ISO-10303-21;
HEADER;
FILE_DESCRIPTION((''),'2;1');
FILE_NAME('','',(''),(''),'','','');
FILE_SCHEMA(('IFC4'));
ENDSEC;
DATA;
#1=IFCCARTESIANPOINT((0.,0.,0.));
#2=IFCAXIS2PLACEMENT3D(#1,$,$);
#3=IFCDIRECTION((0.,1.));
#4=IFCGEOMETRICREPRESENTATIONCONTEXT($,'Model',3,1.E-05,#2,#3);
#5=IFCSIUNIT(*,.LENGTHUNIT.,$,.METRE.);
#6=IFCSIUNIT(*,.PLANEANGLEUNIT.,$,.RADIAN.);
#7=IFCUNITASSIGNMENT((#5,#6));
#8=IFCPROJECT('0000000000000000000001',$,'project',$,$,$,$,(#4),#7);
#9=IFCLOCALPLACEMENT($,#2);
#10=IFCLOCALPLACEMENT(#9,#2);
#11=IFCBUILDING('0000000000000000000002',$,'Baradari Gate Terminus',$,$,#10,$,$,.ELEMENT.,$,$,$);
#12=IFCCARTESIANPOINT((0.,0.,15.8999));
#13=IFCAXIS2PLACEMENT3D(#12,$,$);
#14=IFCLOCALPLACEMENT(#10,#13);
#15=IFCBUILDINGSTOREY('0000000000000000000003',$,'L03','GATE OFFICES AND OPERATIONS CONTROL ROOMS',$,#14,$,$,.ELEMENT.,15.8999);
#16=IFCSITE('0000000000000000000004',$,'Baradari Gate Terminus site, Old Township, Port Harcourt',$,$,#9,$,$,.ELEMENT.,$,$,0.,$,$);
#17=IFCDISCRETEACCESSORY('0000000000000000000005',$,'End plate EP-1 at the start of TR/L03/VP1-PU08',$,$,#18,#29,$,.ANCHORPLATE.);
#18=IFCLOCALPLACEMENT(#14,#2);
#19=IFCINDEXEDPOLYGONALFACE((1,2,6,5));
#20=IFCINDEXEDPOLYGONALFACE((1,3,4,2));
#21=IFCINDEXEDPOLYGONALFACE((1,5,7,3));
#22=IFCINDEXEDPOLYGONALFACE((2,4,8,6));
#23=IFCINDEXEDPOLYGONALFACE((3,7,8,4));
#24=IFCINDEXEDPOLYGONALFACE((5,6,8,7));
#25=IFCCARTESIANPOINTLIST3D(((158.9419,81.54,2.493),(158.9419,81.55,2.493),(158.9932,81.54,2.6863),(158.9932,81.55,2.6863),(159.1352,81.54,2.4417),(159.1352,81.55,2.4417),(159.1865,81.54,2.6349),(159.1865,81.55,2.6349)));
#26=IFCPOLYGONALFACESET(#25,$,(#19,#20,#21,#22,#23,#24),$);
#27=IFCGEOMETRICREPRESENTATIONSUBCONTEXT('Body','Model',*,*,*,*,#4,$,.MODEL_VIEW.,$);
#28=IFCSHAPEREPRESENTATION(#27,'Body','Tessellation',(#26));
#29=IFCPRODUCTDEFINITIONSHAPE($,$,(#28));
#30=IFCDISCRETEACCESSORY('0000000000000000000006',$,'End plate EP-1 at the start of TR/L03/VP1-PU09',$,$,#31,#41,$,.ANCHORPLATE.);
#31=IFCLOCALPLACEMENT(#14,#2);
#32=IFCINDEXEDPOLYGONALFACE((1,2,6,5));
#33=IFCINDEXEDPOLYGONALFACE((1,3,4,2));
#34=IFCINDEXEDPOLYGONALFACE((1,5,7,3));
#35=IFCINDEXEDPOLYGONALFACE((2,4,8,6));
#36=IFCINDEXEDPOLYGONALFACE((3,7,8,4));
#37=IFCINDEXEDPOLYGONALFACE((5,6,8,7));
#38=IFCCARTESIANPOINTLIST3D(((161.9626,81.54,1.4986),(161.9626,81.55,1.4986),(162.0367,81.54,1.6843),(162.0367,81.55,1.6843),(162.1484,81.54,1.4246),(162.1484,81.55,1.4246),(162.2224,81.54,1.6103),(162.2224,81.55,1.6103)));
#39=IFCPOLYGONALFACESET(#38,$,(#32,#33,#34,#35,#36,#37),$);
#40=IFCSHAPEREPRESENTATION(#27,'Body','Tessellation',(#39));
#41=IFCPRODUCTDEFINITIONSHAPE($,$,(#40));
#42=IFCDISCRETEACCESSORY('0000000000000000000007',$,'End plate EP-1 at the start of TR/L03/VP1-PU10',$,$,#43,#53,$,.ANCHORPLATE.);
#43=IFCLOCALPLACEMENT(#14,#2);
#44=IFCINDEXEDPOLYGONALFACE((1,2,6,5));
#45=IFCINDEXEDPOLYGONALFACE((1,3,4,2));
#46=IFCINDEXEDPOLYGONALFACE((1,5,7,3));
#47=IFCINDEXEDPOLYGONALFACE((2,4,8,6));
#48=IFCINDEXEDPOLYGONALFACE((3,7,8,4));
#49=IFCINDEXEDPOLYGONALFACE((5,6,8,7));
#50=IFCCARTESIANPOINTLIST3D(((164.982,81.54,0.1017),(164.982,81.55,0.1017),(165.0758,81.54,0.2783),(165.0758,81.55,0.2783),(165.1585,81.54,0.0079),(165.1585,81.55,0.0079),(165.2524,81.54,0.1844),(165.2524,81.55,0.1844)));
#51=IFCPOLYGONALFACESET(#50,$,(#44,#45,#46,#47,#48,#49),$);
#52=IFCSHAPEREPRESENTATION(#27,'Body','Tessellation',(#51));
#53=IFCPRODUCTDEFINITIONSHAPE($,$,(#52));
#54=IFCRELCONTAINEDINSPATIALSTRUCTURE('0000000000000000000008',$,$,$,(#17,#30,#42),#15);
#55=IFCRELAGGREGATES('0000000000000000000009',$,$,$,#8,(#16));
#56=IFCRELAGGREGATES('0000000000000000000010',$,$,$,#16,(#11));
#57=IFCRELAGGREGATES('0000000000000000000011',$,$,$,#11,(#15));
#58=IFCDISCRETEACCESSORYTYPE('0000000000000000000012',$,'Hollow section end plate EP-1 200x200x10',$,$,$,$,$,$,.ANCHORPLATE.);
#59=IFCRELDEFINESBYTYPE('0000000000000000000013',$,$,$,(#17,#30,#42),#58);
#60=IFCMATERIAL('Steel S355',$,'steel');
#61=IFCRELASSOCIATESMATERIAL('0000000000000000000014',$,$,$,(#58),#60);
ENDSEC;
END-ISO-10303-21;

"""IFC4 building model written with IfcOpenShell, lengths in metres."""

from ifc_helpers import new_model, si_unit, direction, frame, origin, origin_2d, place, context, subcontext, project, spatial, rectangle, extrude, material, type_object, element, save


model = new_model("IFC4")

# Units and contexts
model_context = context("Model", 3, precision=1e-05, world=origin(), true_north=direction((0.0, 1.0)))
body_context = subcontext(model_context, "Body", "Model", "MODEL_VIEW")
ifc_project = project(units=[si_unit("LENGTHUNIT", "METRE"), si_unit("PLANEANGLEUNIT", "RADIAN")], contexts=[model_context])

# Site, building, storey
site_placement = place(None, origin())
site = spatial("IfcSite", under=ifc_project, at=site_placement, Name="Baradari Gate Terminus site, Old Township, Port Harcourt", CompositionType="ELEMENT", RefElevation=0.0)
building_placement = place(site_placement, origin())
building = spatial("IfcBuilding", under=site, at=building_placement, Name="Baradari Gate Terminus", CompositionType="ELEMENT")
storey_placement = place(building_placement, frame((0.0, 0.0, 15.8999)))
storey = spatial("IfcBuildingStorey", under=building, at=storey_placement, Name="L03", Description="GATE OFFICES AND OPERATIONS CONTROL ROOMS", CompositionType="ELEMENT", Elevation=15.8999)

# Discrete accessories
ifc_material_1 = material(Name="Steel S355", Category="steel")
discrete_accessory_type = type_object("IfcDiscreteAccessoryType", Name="Hollow section end plate EP-1 200x200x10", PredefinedType="ANCHORPLATE", material=ifc_material_1)
for number, where, z_axis, x_axis, name in (
    (1, (159.0642, 81.54, 2.564), (0.0, 1.0, 0.0), (-0.9665, 0.0, 0.256668), "End plate EP-1 at the start of TR/L03/VP1-PU08"),
    (2, (162.0925, 81.54, 1.5544), (0.0, 1.0, 0.0), (-0.928965, 0.0, 0.370167), "End plate EP-1 at the start of TR/L03/VP1-PU09"),
    (3, (165.1172, 81.54, 0.1431), (0.0, 1.0, 0.0), (-0.883027, 0.0, 0.469322), "End plate EP-1 at the start of TR/L03/VP1-PU10"),
):
    element("IfcDiscreteAccessory", number, at=place(storey_placement, frame(where, z_axis=z_axis, x_axis=x_axis)), inside=storey, type_object=discrete_accessory_type, Name=name, PredefinedType="ANCHORPLATE", context=body_context, shape_type="SweptSolid", body=[
        extrude(rectangle(XDim=0.2, YDim=0.2, at=origin_2d()), origin(), (0.0, 0.0, 1.0), 0.01),
    ])

save(model, "model.ifc")
